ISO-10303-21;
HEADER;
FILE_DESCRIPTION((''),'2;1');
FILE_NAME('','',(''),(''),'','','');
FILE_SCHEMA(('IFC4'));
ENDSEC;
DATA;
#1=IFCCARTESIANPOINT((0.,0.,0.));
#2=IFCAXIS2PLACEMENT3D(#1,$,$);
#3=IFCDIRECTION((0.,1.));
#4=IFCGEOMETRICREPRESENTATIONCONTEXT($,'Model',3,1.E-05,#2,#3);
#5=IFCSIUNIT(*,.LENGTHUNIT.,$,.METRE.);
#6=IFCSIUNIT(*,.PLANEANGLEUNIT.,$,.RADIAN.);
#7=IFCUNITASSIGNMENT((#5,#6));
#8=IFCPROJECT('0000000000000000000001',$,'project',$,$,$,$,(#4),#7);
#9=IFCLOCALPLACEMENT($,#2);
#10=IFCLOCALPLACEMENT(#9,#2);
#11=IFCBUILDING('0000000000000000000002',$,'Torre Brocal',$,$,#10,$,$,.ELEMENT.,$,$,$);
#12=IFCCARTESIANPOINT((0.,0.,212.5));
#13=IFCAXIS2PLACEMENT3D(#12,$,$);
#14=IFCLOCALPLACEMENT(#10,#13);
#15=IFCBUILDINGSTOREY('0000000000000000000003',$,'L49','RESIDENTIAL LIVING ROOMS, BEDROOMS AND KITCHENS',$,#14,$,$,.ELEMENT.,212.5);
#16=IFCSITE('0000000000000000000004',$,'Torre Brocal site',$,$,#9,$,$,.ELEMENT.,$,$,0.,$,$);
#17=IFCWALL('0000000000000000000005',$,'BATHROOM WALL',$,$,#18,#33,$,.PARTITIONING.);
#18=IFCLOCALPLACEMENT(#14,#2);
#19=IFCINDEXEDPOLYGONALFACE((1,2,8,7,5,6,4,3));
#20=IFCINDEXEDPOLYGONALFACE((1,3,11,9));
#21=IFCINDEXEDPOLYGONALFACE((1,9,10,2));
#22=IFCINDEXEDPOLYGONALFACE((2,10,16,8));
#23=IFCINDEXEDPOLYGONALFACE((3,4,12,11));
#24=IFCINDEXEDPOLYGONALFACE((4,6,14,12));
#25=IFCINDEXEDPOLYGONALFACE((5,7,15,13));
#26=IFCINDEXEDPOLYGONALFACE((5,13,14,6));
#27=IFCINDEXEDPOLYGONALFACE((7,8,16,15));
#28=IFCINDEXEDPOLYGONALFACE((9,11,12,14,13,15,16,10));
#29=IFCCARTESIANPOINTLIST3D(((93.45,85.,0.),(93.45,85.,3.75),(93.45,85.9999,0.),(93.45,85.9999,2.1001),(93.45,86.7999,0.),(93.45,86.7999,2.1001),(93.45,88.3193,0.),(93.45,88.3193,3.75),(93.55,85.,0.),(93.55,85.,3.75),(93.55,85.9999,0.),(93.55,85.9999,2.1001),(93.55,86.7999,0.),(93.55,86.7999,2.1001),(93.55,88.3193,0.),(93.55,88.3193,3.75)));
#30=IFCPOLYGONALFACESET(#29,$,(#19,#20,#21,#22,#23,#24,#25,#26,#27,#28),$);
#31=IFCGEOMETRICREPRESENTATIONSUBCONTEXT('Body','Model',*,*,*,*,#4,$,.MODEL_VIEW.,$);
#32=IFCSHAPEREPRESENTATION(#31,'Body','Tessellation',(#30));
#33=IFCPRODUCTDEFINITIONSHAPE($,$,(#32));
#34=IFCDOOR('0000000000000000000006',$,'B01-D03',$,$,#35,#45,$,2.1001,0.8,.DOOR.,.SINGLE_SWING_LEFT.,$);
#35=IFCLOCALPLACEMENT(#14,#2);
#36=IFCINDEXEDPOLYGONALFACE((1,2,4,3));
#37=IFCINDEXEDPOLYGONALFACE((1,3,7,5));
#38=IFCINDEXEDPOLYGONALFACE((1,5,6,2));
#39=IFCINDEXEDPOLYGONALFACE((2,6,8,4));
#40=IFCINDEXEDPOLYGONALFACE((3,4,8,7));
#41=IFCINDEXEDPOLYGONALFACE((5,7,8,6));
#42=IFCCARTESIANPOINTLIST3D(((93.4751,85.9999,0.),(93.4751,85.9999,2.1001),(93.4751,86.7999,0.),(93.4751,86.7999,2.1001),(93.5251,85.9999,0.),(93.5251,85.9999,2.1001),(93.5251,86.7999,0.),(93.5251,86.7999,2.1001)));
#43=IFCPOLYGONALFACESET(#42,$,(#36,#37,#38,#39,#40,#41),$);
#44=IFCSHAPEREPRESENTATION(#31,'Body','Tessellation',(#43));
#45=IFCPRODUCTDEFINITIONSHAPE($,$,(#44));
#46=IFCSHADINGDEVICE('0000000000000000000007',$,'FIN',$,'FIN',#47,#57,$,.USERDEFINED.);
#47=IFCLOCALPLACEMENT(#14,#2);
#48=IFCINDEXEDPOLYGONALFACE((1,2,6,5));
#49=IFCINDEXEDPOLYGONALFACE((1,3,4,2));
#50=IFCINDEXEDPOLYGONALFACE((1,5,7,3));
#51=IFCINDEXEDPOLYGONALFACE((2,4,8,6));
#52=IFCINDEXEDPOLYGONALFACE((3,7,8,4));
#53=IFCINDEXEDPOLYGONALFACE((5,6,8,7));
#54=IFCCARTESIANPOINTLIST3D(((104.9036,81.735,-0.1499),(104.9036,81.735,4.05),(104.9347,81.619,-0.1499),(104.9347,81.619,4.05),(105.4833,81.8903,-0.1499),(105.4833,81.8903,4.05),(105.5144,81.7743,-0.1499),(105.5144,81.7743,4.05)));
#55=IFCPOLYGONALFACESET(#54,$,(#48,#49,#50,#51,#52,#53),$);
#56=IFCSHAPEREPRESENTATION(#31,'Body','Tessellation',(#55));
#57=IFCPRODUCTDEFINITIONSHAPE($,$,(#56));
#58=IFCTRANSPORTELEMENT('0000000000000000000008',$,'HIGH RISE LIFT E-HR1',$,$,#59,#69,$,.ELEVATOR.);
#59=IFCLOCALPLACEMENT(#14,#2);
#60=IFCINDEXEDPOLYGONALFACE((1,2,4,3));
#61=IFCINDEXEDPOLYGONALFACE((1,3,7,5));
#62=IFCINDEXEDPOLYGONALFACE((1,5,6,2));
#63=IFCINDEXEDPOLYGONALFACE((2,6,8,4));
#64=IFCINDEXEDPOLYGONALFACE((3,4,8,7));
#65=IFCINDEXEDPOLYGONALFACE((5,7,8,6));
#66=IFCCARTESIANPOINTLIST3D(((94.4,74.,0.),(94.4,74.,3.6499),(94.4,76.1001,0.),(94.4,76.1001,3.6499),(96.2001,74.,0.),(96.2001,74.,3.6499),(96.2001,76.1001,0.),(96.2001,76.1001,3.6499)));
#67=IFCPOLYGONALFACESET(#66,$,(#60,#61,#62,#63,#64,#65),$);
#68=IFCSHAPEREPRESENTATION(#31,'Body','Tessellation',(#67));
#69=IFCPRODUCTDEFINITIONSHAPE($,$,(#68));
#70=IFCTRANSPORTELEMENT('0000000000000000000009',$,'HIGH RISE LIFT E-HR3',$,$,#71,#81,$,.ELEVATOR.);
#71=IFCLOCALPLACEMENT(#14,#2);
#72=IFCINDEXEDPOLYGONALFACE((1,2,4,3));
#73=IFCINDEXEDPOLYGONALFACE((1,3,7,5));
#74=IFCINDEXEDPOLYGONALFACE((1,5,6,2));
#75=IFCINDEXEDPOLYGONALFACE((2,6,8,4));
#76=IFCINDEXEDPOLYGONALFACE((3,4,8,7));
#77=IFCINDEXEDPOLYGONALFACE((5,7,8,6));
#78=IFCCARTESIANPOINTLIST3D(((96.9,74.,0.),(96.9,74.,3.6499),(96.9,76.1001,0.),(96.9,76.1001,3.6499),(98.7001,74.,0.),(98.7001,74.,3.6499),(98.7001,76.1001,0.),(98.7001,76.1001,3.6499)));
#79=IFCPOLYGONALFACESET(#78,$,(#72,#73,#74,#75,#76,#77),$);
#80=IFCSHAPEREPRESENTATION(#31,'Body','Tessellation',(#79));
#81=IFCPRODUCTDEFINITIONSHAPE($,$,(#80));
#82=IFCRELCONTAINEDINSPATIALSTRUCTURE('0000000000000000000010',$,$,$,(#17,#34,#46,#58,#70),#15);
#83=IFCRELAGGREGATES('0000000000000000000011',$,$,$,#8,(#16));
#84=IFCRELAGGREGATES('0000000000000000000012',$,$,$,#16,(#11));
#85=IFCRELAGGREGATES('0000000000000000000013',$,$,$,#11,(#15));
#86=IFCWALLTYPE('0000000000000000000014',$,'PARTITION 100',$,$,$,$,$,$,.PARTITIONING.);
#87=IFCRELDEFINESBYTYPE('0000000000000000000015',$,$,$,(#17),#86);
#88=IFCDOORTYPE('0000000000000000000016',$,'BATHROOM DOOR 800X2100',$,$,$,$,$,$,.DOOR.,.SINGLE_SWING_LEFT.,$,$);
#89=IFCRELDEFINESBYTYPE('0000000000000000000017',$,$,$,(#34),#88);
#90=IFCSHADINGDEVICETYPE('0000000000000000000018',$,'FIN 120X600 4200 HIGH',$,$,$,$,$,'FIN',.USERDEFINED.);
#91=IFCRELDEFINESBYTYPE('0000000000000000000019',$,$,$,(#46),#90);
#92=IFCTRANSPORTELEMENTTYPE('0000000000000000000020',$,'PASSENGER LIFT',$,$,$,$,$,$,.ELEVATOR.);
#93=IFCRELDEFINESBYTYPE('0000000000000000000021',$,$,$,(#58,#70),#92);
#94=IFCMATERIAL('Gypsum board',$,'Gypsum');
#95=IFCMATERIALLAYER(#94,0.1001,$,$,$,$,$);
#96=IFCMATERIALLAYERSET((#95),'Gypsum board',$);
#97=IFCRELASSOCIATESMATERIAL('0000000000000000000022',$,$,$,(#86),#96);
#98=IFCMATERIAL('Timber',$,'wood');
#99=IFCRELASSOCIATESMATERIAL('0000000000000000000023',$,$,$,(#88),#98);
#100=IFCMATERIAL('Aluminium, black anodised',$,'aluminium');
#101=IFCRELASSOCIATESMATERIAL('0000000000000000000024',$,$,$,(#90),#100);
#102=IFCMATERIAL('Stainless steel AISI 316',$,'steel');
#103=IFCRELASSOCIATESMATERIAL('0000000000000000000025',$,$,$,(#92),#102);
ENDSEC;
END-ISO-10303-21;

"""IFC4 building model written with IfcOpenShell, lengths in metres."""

from ifc_helpers import new_model, si_unit, direction, frame, frame_2d, origin, origin_2d, place, context, subcontext, project, spatial, rectangle, extrude, material, layer, layer_set, material_profile, profile_set, type_object, element, fill, save


model = new_model("IFC4")

# Units and contexts
model_context = context("Model", 3, precision=1e-05, world=origin(), true_north=direction((0.0, 1.0)))
body_context = subcontext(model_context, "Body", "Model", "MODEL_VIEW")
ifc_project = project(units=[si_unit("LENGTHUNIT", "METRE"), si_unit("PLANEANGLEUNIT", "RADIAN")], contexts=[model_context])

# Site, building, storey
site_placement = place(None, origin())
site = spatial("IfcSite", under=ifc_project, at=site_placement, Name="Torre Brocal site", CompositionType="ELEMENT", RefElevation=0.0)
building_placement = place(site_placement, origin())
building = spatial("IfcBuilding", under=site, at=building_placement, Name="Torre Brocal", CompositionType="ELEMENT")
storey_placement = place(building_placement, frame((0.0, 0.0, 212.5)))
storey = spatial("IfcBuildingStorey", under=building, at=storey_placement, Name="L49", Description="RESIDENTIAL LIVING ROOMS, BEDROOMS AND KITCHENS", CompositionType="ELEMENT", Elevation=212.5)

# Wall, opening, door
ifc_material_1 = material(Name="Gypsum board", Category="Gypsum")
ifc_layer_1 = layer(ifc_material_1, 0.1001)
ifc_layer_set_1 = layer_set([ifc_layer_1], Name="Gypsum board")
wall_type_1 = type_object("IfcWallType", Name="PARTITION 100", PredefinedType="PARTITIONING", material=ifc_layer_set_1)
wall_1_placement = place(storey_placement, frame((93.5, 85.0, 0.0), z_axis=(0.0, 0.0, 1.0), x_axis=(0.0, 1.0, 0.0)))
wall_1 = element("IfcWall", 1, at=wall_1_placement, inside=storey, type_object=wall_type_1, Name="BATHROOM WALL", PredefinedType="PARTITIONING", context=body_context, shape_type="SweptSolid", body=[
    extrude(rectangle(XDim=3.3193, YDim=0.1001, at=frame_2d((1.6597, 0.0))), origin(), (0.0, 0.0, 1.0), 3.75),
])
opening_1_placement = place(wall_1_placement, frame((1.0, 0.0, 0.0)))
opening_1 = element("IfcOpeningElement", 2, at=opening_1_placement, cuts=wall_1, PredefinedType="OPENING", context=body_context, shape_type="SweptSolid", body=[
    extrude(rectangle(XDim=0.8, YDim=2.1001, at=frame_2d((0.3999, 1.05))), frame((0.0, 0.0601, 0.0), z_axis=(0.0, -1.0, 0.0), x_axis=(1.0, 0.0, 0.0)), (0.0, 0.0, 1.0), 0.1201),
])
ifc_material_2 = material(Name="Timber", Category="wood")
door_type_1 = type_object("IfcDoorType", Name="BATHROOM DOOR 800X2100", OperationType="SINGLE_SWING_LEFT", PredefinedType="DOOR", material=ifc_material_2)
door_1_placement = place(opening_1_placement, origin())
door_1 = element("IfcDoor", 3, at=door_1_placement, inside=storey, type_object=door_type_1, Name="B01-D03", OperationType="SINGLE_SWING_LEFT", OverallHeight=2.1001, OverallWidth=0.8, PredefinedType="DOOR", context=body_context, shape_type="SweptSolid", body=[
    extrude(rectangle(XDim=0.8, YDim=2.1001, at=frame_2d((0.3999, 1.05))), frame((0.0, 0.0249, 0.0), z_axis=(0.0, -1.0, 0.0), x_axis=(1.0, 0.0, 0.0)), (0.0, 0.0, 1.0), 0.05),
])
fill(opening_1, door_1)

# Shading device
ifc_material_3 = material(Name="Aluminium, black anodised", Category="aluminium")
ifc_material_profile_1 = material_profile(ifc_material_3, rectangle(XDim=0.1201, YDim=0.6001, at=origin_2d()), Name="FIN 120X600 4200 HIGH")
ifc_profile_set_1 = profile_set([ifc_material_profile_1], Name="Aluminium, black anodised")
shading_device_type = type_object("IfcShadingDeviceType", Name="FIN 120X600 4200 HIGH", ElementType="FIN", PredefinedType="USERDEFINED", material=ifc_profile_set_1)
shading_device_placement = place(storey_placement, frame((105.209, 81.7546, -0.1499), z_axis=(0.0, 0.0, 1.0), x_axis=(-0.258819, 0.965926, 0.0)))
element("IfcShadingDevice", 4, at=shading_device_placement, inside=storey, type_object=shading_device_type, Name="FIN", ObjectType="FIN", PredefinedType="USERDEFINED", context=body_context, shape_type="SweptSolid", body=[
    extrude(rectangle(XDim=0.1201, YDim=0.6001, at=origin_2d()), origin(), (0.0, 0.0, 1.0), 4.2),
])

# Transport elements
ifc_material_4 = material(Name="Stainless steel AISI 316", Category="steel")
transport_element_type = type_object("IfcTransportElementType", Name="PASSENGER LIFT", PredefinedType="ELEVATOR", material=ifc_material_4)
for number, where, z_axis, x_axis, name in (
    (5, (95.3, 75.05, 0.0), (0.0, 0.0, 1.0), (1.0, 0.0, 0.0), "HIGH RISE LIFT E-HR1"),
    (6, (97.8, 75.05, 0.0), (0.0, 0.0, 1.0), (1.0, 0.0, 0.0), "HIGH RISE LIFT E-HR3"),
):
    element("IfcTransportElement", number, at=place(storey_placement, frame(where, z_axis=z_axis, x_axis=x_axis)), inside=storey, type_object=transport_element_type, Name=name, PredefinedType="ELEVATOR", context=body_context, shape_type="SweptSolid", body=[
        extrude(rectangle(XDim=1.8, YDim=2.1001, at=origin_2d()), origin(), (0.0, 0.0, 1.0), 3.6499),
    ])

save(model, "model.ifc")
